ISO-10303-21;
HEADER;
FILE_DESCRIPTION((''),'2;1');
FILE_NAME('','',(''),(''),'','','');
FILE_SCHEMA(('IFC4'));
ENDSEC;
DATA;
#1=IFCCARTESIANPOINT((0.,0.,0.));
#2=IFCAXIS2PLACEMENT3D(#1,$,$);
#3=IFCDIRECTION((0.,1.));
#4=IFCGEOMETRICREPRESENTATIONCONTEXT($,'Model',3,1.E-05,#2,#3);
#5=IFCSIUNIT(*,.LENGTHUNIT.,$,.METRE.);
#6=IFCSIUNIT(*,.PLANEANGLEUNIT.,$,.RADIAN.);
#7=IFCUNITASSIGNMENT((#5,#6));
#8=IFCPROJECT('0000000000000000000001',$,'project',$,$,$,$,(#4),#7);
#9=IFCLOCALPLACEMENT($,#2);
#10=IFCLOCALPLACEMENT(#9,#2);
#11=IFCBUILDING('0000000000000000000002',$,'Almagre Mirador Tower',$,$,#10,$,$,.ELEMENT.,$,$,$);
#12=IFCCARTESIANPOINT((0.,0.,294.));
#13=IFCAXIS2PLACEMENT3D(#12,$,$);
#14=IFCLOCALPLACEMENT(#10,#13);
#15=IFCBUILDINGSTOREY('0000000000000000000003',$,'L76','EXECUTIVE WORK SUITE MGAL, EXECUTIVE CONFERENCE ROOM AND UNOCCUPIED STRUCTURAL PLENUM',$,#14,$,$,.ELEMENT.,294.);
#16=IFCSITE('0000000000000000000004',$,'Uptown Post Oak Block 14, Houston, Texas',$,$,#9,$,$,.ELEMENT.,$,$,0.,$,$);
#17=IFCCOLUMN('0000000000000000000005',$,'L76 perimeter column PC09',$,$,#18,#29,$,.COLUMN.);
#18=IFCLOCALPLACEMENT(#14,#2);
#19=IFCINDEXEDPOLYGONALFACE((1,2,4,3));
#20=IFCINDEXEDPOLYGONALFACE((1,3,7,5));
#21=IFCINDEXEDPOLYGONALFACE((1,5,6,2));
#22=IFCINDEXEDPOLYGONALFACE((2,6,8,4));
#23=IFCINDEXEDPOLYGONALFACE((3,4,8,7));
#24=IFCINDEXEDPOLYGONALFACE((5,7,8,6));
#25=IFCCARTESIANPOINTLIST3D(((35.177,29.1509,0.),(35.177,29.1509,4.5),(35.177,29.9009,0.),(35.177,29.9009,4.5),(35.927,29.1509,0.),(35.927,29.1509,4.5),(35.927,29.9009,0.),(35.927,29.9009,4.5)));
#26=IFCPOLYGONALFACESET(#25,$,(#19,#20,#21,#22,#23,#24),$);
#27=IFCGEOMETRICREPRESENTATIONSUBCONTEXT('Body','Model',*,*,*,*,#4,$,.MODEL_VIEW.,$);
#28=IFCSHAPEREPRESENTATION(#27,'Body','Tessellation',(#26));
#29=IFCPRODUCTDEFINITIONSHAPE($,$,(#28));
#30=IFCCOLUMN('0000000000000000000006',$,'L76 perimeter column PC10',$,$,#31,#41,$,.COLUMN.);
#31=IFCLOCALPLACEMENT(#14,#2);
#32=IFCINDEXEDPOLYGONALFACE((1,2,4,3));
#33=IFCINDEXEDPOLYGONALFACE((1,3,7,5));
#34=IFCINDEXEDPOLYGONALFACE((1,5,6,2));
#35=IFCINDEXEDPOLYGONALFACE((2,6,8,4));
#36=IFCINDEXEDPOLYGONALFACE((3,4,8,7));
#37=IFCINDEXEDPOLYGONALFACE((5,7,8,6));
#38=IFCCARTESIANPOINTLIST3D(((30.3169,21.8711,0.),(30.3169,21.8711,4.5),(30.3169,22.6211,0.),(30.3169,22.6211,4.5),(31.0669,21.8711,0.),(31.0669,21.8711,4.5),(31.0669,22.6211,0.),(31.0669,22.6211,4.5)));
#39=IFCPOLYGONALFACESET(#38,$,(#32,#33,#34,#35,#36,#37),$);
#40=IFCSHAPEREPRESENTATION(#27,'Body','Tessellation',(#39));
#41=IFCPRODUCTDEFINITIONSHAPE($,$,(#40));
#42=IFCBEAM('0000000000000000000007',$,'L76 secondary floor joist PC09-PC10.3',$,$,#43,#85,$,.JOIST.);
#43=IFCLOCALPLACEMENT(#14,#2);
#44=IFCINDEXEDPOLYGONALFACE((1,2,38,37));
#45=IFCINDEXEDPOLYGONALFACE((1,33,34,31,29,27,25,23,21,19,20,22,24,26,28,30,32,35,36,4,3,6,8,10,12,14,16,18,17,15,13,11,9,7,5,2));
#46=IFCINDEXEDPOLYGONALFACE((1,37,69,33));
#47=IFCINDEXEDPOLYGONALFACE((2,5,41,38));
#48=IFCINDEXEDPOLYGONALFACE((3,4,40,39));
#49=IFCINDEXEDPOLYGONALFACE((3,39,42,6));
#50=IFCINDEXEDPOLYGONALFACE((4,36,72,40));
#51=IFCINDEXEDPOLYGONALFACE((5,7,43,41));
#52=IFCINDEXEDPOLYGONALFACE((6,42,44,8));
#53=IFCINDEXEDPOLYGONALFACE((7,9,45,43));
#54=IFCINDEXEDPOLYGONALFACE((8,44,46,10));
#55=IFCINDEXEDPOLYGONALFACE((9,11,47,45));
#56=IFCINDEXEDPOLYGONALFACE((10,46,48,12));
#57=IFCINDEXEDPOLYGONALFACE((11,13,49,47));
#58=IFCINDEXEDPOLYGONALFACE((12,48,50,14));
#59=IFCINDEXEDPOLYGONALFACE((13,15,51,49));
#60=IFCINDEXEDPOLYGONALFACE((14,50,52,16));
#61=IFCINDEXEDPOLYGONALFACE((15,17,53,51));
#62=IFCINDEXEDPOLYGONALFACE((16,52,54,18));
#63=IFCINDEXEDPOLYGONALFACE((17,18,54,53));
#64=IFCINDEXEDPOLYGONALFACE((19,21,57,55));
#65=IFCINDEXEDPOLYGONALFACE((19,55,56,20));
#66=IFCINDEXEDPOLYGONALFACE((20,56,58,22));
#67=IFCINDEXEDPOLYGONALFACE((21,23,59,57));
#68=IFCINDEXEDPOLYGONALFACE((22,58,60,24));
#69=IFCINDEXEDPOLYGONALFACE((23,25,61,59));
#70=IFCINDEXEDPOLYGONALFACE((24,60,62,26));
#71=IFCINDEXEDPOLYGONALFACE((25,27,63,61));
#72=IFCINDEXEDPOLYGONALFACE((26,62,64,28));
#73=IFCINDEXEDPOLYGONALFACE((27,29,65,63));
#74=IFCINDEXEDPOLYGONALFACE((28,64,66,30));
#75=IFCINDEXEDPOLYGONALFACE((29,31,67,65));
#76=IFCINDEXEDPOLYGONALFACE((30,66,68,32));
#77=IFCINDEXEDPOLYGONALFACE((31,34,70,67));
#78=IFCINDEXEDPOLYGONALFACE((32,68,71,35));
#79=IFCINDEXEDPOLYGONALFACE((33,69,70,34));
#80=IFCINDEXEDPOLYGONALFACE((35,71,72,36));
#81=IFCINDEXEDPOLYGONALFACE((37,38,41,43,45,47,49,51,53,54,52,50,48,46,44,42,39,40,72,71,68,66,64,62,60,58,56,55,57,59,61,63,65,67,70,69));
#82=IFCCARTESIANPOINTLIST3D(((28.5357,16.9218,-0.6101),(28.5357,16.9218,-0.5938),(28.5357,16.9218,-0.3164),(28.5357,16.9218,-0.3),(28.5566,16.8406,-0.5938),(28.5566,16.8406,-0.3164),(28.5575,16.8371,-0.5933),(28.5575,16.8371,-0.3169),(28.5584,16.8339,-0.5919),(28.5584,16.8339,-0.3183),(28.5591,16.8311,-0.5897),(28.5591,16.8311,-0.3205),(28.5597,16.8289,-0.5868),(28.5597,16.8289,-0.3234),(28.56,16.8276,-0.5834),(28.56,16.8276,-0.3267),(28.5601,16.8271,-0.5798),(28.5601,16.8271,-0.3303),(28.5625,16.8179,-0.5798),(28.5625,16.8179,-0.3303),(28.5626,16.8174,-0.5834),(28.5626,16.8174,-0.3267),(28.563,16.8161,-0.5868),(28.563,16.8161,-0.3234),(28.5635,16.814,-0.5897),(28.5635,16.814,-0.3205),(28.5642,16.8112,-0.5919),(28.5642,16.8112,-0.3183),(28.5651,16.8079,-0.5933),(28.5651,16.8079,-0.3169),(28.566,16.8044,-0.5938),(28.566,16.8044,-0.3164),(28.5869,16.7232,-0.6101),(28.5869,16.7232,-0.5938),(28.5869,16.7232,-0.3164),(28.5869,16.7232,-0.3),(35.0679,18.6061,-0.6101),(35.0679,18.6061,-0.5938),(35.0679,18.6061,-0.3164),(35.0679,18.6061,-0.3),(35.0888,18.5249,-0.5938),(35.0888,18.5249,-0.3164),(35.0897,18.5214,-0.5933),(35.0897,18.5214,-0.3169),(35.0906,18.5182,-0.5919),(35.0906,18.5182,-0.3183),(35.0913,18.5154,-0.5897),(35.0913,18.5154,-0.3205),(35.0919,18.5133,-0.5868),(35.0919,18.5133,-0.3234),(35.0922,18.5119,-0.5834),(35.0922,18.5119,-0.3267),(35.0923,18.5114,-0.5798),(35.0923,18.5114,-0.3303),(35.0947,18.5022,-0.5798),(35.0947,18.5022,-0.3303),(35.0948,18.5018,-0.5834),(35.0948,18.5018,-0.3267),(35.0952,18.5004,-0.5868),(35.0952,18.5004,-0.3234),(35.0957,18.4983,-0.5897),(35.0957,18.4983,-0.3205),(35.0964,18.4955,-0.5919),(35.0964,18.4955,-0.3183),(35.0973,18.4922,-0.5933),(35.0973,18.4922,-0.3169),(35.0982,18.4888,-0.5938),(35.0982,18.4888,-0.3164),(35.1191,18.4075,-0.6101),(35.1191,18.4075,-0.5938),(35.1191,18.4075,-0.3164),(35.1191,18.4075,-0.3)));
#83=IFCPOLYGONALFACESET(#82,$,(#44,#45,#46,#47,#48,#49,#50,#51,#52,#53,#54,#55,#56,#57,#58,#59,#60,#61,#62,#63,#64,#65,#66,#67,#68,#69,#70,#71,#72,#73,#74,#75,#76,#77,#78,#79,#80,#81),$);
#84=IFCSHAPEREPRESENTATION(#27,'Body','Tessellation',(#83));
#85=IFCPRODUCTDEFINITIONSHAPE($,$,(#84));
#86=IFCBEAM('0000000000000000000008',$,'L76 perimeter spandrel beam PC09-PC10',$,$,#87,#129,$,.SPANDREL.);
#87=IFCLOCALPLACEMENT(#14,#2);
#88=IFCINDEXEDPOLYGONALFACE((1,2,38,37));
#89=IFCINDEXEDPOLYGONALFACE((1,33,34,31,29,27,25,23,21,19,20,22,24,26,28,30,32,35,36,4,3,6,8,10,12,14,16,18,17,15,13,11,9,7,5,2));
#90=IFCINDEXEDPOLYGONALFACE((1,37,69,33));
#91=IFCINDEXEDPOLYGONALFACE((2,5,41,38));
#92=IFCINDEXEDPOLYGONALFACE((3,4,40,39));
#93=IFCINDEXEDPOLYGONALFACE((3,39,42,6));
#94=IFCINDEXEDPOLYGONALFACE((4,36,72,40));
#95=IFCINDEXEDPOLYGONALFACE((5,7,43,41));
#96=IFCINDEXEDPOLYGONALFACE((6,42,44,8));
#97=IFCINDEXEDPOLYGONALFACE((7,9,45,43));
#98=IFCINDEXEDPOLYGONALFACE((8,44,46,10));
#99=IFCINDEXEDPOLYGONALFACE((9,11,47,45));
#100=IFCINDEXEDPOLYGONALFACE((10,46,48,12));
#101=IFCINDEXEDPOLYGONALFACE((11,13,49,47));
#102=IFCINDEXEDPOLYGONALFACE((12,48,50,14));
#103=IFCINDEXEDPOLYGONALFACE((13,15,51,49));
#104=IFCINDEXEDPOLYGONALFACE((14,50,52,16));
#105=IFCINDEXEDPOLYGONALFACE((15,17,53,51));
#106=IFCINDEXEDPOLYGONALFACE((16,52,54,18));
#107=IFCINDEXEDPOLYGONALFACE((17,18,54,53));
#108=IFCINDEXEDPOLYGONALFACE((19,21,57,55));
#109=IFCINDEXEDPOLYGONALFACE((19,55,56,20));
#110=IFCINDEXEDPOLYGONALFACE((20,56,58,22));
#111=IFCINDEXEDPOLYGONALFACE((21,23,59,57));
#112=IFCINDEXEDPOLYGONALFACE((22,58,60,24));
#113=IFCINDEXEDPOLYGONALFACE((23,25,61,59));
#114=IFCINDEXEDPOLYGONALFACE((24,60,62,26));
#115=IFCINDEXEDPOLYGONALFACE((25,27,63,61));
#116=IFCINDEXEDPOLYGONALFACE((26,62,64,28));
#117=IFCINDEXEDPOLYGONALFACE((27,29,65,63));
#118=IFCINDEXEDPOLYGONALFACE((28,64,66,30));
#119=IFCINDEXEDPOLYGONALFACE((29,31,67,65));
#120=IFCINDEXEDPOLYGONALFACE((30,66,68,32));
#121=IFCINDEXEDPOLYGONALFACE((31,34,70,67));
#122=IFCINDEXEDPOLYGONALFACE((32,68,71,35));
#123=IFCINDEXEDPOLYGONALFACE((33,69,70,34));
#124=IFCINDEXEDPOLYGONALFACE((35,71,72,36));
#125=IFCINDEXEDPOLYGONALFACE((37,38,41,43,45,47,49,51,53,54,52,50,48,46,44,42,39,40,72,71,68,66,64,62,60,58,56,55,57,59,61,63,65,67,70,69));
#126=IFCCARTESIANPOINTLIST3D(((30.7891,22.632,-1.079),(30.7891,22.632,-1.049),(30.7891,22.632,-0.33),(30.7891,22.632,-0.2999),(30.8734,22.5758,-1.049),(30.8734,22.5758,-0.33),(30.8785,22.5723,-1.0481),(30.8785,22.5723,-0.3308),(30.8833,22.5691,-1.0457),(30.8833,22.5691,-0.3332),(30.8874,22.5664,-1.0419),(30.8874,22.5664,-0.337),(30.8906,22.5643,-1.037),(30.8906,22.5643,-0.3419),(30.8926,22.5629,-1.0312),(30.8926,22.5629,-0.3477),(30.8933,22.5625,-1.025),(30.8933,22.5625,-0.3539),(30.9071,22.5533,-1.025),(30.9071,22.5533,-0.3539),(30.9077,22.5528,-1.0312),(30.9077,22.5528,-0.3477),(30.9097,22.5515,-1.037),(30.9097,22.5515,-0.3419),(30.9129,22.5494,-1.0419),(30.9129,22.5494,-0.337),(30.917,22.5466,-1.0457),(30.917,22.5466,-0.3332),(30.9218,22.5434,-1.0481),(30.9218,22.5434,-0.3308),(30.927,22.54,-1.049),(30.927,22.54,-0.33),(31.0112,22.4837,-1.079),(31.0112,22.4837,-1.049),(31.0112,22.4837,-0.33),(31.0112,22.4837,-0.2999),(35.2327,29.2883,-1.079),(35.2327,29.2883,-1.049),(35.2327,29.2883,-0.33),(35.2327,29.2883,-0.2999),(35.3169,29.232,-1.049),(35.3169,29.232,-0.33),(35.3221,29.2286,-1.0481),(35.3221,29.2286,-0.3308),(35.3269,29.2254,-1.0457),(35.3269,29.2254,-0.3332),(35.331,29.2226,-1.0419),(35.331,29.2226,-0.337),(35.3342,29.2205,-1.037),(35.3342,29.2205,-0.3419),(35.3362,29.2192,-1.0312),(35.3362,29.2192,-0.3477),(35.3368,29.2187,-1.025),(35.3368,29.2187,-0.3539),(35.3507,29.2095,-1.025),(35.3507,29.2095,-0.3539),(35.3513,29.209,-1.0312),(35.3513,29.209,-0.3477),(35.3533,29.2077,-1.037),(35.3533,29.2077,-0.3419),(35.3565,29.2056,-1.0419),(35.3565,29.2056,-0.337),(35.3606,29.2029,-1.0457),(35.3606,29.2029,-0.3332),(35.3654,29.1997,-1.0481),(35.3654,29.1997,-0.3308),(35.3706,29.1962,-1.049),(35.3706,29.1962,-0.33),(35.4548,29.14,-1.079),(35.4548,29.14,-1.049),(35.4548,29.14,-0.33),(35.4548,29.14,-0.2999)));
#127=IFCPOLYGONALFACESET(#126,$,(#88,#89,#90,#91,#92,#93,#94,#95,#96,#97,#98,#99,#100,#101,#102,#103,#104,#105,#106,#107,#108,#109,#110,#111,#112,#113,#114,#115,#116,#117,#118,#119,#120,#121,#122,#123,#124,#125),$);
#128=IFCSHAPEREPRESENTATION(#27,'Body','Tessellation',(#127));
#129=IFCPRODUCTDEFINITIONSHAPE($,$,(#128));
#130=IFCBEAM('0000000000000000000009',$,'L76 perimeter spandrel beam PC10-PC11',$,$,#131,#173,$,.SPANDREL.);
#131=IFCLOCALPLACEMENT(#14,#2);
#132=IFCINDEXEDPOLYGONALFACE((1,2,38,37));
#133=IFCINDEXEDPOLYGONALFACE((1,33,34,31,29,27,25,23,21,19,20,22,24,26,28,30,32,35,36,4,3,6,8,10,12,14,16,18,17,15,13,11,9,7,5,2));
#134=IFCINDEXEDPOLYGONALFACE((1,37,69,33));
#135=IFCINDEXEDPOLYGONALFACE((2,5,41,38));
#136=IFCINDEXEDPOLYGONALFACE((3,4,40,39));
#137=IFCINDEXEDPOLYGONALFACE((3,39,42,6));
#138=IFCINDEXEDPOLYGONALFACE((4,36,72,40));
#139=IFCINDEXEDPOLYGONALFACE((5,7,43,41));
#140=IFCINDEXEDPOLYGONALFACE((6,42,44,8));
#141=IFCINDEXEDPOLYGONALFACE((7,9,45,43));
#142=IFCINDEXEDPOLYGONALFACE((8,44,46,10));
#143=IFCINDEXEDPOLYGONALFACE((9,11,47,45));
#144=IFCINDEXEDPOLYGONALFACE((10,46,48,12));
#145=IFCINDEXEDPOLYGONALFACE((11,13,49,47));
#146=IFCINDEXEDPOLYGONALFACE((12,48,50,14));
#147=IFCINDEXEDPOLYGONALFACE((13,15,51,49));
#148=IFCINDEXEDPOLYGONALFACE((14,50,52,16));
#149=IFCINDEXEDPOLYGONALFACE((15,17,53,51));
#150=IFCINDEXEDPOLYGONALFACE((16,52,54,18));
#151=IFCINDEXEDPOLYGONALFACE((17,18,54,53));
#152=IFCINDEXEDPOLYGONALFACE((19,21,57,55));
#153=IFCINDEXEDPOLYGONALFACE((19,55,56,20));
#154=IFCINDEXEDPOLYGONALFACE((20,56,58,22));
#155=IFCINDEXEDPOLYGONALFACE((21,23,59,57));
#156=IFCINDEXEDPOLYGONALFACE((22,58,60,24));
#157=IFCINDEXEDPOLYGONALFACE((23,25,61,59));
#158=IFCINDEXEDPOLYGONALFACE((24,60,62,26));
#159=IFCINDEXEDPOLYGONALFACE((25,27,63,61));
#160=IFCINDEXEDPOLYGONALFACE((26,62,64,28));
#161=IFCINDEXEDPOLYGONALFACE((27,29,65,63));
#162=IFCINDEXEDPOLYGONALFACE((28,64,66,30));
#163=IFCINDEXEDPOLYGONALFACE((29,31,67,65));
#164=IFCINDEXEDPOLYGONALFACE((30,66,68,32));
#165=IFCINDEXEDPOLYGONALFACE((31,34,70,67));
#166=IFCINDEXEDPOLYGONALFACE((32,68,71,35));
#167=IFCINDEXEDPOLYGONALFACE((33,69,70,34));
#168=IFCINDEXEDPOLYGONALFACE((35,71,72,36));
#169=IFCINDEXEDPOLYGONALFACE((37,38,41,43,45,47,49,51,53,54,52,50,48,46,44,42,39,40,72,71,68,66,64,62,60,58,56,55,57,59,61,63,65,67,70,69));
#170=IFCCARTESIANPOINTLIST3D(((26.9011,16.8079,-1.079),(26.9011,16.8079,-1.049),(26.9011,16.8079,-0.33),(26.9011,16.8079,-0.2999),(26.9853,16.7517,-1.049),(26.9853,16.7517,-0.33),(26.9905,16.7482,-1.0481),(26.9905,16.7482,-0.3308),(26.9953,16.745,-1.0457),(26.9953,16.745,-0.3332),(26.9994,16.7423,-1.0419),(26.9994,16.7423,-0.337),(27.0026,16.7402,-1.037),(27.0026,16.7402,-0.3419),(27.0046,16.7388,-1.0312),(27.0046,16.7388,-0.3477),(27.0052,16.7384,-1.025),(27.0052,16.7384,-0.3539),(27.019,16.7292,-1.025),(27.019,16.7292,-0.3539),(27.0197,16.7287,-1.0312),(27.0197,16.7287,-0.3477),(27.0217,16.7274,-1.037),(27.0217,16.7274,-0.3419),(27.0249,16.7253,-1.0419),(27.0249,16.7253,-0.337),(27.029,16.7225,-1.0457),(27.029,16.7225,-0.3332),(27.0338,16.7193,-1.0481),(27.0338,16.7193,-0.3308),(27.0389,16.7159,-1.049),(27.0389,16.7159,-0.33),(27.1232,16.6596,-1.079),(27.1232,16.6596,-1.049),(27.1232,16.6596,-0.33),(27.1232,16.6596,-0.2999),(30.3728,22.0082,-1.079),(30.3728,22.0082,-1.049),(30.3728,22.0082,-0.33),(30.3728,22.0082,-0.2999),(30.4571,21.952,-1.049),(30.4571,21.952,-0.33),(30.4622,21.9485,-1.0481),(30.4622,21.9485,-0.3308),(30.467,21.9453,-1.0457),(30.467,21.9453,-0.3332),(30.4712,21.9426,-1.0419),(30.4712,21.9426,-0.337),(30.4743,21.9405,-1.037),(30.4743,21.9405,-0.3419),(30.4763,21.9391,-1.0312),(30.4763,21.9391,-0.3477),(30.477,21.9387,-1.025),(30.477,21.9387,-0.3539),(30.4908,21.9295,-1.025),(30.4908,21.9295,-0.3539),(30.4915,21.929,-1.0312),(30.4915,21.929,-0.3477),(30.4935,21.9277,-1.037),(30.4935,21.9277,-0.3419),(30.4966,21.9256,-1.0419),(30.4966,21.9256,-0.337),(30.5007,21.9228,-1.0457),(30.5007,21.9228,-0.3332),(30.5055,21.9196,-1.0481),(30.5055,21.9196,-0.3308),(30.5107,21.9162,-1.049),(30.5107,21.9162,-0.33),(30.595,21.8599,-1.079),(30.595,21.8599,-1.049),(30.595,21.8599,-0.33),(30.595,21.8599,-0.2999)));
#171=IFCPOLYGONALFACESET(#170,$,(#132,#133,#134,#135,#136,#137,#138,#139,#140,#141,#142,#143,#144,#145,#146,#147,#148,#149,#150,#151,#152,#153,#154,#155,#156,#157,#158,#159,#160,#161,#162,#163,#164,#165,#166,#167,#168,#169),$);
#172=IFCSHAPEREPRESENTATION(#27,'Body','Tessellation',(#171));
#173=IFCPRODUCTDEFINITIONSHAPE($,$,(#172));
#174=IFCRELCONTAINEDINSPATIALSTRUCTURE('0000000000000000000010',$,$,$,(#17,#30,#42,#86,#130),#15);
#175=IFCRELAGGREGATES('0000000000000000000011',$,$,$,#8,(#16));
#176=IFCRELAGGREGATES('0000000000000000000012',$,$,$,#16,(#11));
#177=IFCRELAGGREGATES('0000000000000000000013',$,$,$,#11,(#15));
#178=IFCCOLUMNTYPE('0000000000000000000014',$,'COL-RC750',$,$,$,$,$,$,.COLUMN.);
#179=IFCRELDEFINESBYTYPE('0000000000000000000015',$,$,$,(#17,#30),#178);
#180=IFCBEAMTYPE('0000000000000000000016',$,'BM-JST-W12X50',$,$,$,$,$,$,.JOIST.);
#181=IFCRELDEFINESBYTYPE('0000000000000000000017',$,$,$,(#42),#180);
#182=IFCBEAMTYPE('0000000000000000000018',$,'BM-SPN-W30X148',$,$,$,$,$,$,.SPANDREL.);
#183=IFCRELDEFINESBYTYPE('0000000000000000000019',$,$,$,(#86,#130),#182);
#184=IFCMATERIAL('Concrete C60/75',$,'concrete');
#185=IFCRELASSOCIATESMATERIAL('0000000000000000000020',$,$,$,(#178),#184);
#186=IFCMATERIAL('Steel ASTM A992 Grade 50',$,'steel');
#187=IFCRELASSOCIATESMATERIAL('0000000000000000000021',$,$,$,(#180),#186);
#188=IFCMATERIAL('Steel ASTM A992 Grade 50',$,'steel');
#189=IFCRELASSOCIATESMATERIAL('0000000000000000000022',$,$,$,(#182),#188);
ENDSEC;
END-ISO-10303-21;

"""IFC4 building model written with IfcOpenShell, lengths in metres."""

from ifc_helpers import new_model, si_unit, direction, frame, origin, origin_2d, place, context, subcontext, project, spatial, rectangle, i_section, extrude, material, material_profile, profile_set, type_object, element, save


model = new_model("IFC4")

# Units and contexts
model_context = context("Model", 3, precision=1e-05, world=origin(), true_north=direction((0.0, 1.0)))
body_context = subcontext(model_context, "Body", "Model", "MODEL_VIEW")
ifc_project = project(units=[si_unit("LENGTHUNIT", "METRE"), si_unit("PLANEANGLEUNIT", "RADIAN")], contexts=[model_context])

# Site, building, storey
site_placement = place(None, origin())
site = spatial("IfcSite", under=ifc_project, at=site_placement, Name="Uptown Post Oak Block 14, Houston, Texas", CompositionType="ELEMENT", RefElevation=0.0)
building_placement = place(site_placement, origin())
building = spatial("IfcBuilding", under=site, at=building_placement, Name="Almagre Mirador Tower", CompositionType="ELEMENT")
storey_placement = place(building_placement, frame((0.0, 0.0, 294.0)))
storey = spatial("IfcBuildingStorey", under=building, at=storey_placement, Name="L76", Description="EXECUTIVE WORK SUITE MGAL, EXECUTIVE CONFERENCE ROOM AND UNOCCUPIED STRUCTURAL PLENUM", CompositionType="ELEMENT", Elevation=294.0)

# Columns
ifc_material_1 = material(Name="Concrete C60/75", Category="concrete")
ifc_material_profile_1 = material_profile(ifc_material_1, rectangle(XDim=0.75, YDim=0.75, at=origin_2d()), Name="RC750X750")
ifc_profile_set_1 = profile_set([ifc_material_profile_1], Name="Concrete C60/75")
column_type = type_object("IfcColumnType", Name="COL-RC750", PredefinedType="COLUMN", material=ifc_profile_set_1)
for number, where, z_axis, x_axis, name in (
    (1, (35.552, 29.5259, 0.0), (0.0, 0.0, 1.0), (1.0, 0.0, 0.0), "L76 perimeter column PC09"),
    (2, (30.6919, 22.2461, 0.0), (0.0, 0.0, 1.0), (1.0, 0.0, 0.0), "L76 perimeter column PC10"),
):
    element("IfcColumn", number, at=place(storey_placement, frame(where, z_axis=z_axis, x_axis=x_axis)), inside=storey, type_object=column_type, Name=name, PredefinedType="COLUMN", context=body_context, shape_type="SweptSolid", body=[
        extrude(rectangle(XDim=0.75, YDim=0.75, at=origin_2d()), origin(), (0.0, 0.0, 1.0), 4.5),
    ])

# Beams
ifc_material_2 = material(Name="Steel ASTM A992 Grade 50", Category="steel")
ifc_material_profile_2 = material_profile(ifc_material_2, i_section(OverallWidth=0.2051, OverallDepth=0.3101, WebThickness=0.0095, FlangeThickness=0.0164, FilletRadius=0.0139, at=origin_2d()), Name="W12X50")
ifc_profile_set_2 = profile_set([ifc_material_profile_2], Name="Steel ASTM A992 Grade 50")
beam_type_1 = type_object("IfcBeamType", Name="BM-JST-W12X50", PredefinedType="JOIST", material=ifc_profile_set_2)
beam_1_placement = place(storey_placement, frame((35.0935, 18.5068, -0.4551), z_axis=(-0.968328, -0.249682, 0.0), x_axis=(0.249682, -0.968328, 0.0)))
element("IfcBeam", 3, at=beam_1_placement, inside=storey, type_object=beam_type_1, Name="L76 secondary floor joist PC09-PC10.3", PredefinedType="JOIST", context=body_context, shape_type="SweptSolid", body=[
    extrude(i_section(OverallWidth=0.2051, OverallDepth=0.3101, WebThickness=0.0095, FlangeThickness=0.0164, FilletRadius=0.0139, at=origin_2d()), origin(), (0.0, 0.0, 1.0), 6.7458),
])
ifc_material_3 = material(Name="Steel ASTM A992 Grade 50", Category="steel")
ifc_material_profile_3 = material_profile(ifc_material_3, i_section(OverallWidth=0.2671, OverallDepth=0.7791, WebThickness=0.0166, FlangeThickness=0.03, FilletRadius=0.0239, at=origin_2d()), Name="W30X148")
ifc_profile_set_3 = profile_set([ifc_material_profile_3], Name="Steel ASTM A992 Grade 50")
beam_type_2 = type_object("IfcBeamType", Name="BM-SPN-W30X148", PredefinedType="SPANDREL", material=ifc_profile_set_3)
beam_2_placement = place(storey_placement, frame((35.3438, 29.2141, -0.6895), z_axis=(-0.555228, -0.831698, 0.0), x_axis=(0.831698, -0.555228, 0.0)))
element("IfcBeam", 4, at=beam_2_placement, inside=storey, type_object=beam_type_2, Name="L76 perimeter spandrel beam PC09-PC10", PredefinedType="SPANDREL", context=body_context, shape_type="SweptSolid", body=[
    extrude(i_section(OverallWidth=0.2671, OverallDepth=0.7791, WebThickness=0.0166, FlangeThickness=0.03, FilletRadius=0.0239, at=origin_2d()), origin(), (0.0, 0.0, 1.0), 8.0032),
])
beam_3_placement = place(storey_placement, frame((30.4839, 21.9341, -0.6895), z_axis=(-0.555241, -0.83169, 0.0), x_axis=(0.83169, -0.555241, 0.0)))
element("IfcBeam", 5, at=beam_3_placement, inside=storey, type_object=beam_type_2, Name="L76 perimeter spandrel beam PC10-PC11", PredefinedType="SPANDREL", context=body_context, shape_type="SweptSolid", body=[
    extrude(i_section(OverallWidth=0.2671, OverallDepth=0.7791, WebThickness=0.0166, FlangeThickness=0.03, FilletRadius=0.0239, at=origin_2d()), origin(), (0.0, 0.0, 1.0), 6.2527),
])

save(model, "model.ifc")
